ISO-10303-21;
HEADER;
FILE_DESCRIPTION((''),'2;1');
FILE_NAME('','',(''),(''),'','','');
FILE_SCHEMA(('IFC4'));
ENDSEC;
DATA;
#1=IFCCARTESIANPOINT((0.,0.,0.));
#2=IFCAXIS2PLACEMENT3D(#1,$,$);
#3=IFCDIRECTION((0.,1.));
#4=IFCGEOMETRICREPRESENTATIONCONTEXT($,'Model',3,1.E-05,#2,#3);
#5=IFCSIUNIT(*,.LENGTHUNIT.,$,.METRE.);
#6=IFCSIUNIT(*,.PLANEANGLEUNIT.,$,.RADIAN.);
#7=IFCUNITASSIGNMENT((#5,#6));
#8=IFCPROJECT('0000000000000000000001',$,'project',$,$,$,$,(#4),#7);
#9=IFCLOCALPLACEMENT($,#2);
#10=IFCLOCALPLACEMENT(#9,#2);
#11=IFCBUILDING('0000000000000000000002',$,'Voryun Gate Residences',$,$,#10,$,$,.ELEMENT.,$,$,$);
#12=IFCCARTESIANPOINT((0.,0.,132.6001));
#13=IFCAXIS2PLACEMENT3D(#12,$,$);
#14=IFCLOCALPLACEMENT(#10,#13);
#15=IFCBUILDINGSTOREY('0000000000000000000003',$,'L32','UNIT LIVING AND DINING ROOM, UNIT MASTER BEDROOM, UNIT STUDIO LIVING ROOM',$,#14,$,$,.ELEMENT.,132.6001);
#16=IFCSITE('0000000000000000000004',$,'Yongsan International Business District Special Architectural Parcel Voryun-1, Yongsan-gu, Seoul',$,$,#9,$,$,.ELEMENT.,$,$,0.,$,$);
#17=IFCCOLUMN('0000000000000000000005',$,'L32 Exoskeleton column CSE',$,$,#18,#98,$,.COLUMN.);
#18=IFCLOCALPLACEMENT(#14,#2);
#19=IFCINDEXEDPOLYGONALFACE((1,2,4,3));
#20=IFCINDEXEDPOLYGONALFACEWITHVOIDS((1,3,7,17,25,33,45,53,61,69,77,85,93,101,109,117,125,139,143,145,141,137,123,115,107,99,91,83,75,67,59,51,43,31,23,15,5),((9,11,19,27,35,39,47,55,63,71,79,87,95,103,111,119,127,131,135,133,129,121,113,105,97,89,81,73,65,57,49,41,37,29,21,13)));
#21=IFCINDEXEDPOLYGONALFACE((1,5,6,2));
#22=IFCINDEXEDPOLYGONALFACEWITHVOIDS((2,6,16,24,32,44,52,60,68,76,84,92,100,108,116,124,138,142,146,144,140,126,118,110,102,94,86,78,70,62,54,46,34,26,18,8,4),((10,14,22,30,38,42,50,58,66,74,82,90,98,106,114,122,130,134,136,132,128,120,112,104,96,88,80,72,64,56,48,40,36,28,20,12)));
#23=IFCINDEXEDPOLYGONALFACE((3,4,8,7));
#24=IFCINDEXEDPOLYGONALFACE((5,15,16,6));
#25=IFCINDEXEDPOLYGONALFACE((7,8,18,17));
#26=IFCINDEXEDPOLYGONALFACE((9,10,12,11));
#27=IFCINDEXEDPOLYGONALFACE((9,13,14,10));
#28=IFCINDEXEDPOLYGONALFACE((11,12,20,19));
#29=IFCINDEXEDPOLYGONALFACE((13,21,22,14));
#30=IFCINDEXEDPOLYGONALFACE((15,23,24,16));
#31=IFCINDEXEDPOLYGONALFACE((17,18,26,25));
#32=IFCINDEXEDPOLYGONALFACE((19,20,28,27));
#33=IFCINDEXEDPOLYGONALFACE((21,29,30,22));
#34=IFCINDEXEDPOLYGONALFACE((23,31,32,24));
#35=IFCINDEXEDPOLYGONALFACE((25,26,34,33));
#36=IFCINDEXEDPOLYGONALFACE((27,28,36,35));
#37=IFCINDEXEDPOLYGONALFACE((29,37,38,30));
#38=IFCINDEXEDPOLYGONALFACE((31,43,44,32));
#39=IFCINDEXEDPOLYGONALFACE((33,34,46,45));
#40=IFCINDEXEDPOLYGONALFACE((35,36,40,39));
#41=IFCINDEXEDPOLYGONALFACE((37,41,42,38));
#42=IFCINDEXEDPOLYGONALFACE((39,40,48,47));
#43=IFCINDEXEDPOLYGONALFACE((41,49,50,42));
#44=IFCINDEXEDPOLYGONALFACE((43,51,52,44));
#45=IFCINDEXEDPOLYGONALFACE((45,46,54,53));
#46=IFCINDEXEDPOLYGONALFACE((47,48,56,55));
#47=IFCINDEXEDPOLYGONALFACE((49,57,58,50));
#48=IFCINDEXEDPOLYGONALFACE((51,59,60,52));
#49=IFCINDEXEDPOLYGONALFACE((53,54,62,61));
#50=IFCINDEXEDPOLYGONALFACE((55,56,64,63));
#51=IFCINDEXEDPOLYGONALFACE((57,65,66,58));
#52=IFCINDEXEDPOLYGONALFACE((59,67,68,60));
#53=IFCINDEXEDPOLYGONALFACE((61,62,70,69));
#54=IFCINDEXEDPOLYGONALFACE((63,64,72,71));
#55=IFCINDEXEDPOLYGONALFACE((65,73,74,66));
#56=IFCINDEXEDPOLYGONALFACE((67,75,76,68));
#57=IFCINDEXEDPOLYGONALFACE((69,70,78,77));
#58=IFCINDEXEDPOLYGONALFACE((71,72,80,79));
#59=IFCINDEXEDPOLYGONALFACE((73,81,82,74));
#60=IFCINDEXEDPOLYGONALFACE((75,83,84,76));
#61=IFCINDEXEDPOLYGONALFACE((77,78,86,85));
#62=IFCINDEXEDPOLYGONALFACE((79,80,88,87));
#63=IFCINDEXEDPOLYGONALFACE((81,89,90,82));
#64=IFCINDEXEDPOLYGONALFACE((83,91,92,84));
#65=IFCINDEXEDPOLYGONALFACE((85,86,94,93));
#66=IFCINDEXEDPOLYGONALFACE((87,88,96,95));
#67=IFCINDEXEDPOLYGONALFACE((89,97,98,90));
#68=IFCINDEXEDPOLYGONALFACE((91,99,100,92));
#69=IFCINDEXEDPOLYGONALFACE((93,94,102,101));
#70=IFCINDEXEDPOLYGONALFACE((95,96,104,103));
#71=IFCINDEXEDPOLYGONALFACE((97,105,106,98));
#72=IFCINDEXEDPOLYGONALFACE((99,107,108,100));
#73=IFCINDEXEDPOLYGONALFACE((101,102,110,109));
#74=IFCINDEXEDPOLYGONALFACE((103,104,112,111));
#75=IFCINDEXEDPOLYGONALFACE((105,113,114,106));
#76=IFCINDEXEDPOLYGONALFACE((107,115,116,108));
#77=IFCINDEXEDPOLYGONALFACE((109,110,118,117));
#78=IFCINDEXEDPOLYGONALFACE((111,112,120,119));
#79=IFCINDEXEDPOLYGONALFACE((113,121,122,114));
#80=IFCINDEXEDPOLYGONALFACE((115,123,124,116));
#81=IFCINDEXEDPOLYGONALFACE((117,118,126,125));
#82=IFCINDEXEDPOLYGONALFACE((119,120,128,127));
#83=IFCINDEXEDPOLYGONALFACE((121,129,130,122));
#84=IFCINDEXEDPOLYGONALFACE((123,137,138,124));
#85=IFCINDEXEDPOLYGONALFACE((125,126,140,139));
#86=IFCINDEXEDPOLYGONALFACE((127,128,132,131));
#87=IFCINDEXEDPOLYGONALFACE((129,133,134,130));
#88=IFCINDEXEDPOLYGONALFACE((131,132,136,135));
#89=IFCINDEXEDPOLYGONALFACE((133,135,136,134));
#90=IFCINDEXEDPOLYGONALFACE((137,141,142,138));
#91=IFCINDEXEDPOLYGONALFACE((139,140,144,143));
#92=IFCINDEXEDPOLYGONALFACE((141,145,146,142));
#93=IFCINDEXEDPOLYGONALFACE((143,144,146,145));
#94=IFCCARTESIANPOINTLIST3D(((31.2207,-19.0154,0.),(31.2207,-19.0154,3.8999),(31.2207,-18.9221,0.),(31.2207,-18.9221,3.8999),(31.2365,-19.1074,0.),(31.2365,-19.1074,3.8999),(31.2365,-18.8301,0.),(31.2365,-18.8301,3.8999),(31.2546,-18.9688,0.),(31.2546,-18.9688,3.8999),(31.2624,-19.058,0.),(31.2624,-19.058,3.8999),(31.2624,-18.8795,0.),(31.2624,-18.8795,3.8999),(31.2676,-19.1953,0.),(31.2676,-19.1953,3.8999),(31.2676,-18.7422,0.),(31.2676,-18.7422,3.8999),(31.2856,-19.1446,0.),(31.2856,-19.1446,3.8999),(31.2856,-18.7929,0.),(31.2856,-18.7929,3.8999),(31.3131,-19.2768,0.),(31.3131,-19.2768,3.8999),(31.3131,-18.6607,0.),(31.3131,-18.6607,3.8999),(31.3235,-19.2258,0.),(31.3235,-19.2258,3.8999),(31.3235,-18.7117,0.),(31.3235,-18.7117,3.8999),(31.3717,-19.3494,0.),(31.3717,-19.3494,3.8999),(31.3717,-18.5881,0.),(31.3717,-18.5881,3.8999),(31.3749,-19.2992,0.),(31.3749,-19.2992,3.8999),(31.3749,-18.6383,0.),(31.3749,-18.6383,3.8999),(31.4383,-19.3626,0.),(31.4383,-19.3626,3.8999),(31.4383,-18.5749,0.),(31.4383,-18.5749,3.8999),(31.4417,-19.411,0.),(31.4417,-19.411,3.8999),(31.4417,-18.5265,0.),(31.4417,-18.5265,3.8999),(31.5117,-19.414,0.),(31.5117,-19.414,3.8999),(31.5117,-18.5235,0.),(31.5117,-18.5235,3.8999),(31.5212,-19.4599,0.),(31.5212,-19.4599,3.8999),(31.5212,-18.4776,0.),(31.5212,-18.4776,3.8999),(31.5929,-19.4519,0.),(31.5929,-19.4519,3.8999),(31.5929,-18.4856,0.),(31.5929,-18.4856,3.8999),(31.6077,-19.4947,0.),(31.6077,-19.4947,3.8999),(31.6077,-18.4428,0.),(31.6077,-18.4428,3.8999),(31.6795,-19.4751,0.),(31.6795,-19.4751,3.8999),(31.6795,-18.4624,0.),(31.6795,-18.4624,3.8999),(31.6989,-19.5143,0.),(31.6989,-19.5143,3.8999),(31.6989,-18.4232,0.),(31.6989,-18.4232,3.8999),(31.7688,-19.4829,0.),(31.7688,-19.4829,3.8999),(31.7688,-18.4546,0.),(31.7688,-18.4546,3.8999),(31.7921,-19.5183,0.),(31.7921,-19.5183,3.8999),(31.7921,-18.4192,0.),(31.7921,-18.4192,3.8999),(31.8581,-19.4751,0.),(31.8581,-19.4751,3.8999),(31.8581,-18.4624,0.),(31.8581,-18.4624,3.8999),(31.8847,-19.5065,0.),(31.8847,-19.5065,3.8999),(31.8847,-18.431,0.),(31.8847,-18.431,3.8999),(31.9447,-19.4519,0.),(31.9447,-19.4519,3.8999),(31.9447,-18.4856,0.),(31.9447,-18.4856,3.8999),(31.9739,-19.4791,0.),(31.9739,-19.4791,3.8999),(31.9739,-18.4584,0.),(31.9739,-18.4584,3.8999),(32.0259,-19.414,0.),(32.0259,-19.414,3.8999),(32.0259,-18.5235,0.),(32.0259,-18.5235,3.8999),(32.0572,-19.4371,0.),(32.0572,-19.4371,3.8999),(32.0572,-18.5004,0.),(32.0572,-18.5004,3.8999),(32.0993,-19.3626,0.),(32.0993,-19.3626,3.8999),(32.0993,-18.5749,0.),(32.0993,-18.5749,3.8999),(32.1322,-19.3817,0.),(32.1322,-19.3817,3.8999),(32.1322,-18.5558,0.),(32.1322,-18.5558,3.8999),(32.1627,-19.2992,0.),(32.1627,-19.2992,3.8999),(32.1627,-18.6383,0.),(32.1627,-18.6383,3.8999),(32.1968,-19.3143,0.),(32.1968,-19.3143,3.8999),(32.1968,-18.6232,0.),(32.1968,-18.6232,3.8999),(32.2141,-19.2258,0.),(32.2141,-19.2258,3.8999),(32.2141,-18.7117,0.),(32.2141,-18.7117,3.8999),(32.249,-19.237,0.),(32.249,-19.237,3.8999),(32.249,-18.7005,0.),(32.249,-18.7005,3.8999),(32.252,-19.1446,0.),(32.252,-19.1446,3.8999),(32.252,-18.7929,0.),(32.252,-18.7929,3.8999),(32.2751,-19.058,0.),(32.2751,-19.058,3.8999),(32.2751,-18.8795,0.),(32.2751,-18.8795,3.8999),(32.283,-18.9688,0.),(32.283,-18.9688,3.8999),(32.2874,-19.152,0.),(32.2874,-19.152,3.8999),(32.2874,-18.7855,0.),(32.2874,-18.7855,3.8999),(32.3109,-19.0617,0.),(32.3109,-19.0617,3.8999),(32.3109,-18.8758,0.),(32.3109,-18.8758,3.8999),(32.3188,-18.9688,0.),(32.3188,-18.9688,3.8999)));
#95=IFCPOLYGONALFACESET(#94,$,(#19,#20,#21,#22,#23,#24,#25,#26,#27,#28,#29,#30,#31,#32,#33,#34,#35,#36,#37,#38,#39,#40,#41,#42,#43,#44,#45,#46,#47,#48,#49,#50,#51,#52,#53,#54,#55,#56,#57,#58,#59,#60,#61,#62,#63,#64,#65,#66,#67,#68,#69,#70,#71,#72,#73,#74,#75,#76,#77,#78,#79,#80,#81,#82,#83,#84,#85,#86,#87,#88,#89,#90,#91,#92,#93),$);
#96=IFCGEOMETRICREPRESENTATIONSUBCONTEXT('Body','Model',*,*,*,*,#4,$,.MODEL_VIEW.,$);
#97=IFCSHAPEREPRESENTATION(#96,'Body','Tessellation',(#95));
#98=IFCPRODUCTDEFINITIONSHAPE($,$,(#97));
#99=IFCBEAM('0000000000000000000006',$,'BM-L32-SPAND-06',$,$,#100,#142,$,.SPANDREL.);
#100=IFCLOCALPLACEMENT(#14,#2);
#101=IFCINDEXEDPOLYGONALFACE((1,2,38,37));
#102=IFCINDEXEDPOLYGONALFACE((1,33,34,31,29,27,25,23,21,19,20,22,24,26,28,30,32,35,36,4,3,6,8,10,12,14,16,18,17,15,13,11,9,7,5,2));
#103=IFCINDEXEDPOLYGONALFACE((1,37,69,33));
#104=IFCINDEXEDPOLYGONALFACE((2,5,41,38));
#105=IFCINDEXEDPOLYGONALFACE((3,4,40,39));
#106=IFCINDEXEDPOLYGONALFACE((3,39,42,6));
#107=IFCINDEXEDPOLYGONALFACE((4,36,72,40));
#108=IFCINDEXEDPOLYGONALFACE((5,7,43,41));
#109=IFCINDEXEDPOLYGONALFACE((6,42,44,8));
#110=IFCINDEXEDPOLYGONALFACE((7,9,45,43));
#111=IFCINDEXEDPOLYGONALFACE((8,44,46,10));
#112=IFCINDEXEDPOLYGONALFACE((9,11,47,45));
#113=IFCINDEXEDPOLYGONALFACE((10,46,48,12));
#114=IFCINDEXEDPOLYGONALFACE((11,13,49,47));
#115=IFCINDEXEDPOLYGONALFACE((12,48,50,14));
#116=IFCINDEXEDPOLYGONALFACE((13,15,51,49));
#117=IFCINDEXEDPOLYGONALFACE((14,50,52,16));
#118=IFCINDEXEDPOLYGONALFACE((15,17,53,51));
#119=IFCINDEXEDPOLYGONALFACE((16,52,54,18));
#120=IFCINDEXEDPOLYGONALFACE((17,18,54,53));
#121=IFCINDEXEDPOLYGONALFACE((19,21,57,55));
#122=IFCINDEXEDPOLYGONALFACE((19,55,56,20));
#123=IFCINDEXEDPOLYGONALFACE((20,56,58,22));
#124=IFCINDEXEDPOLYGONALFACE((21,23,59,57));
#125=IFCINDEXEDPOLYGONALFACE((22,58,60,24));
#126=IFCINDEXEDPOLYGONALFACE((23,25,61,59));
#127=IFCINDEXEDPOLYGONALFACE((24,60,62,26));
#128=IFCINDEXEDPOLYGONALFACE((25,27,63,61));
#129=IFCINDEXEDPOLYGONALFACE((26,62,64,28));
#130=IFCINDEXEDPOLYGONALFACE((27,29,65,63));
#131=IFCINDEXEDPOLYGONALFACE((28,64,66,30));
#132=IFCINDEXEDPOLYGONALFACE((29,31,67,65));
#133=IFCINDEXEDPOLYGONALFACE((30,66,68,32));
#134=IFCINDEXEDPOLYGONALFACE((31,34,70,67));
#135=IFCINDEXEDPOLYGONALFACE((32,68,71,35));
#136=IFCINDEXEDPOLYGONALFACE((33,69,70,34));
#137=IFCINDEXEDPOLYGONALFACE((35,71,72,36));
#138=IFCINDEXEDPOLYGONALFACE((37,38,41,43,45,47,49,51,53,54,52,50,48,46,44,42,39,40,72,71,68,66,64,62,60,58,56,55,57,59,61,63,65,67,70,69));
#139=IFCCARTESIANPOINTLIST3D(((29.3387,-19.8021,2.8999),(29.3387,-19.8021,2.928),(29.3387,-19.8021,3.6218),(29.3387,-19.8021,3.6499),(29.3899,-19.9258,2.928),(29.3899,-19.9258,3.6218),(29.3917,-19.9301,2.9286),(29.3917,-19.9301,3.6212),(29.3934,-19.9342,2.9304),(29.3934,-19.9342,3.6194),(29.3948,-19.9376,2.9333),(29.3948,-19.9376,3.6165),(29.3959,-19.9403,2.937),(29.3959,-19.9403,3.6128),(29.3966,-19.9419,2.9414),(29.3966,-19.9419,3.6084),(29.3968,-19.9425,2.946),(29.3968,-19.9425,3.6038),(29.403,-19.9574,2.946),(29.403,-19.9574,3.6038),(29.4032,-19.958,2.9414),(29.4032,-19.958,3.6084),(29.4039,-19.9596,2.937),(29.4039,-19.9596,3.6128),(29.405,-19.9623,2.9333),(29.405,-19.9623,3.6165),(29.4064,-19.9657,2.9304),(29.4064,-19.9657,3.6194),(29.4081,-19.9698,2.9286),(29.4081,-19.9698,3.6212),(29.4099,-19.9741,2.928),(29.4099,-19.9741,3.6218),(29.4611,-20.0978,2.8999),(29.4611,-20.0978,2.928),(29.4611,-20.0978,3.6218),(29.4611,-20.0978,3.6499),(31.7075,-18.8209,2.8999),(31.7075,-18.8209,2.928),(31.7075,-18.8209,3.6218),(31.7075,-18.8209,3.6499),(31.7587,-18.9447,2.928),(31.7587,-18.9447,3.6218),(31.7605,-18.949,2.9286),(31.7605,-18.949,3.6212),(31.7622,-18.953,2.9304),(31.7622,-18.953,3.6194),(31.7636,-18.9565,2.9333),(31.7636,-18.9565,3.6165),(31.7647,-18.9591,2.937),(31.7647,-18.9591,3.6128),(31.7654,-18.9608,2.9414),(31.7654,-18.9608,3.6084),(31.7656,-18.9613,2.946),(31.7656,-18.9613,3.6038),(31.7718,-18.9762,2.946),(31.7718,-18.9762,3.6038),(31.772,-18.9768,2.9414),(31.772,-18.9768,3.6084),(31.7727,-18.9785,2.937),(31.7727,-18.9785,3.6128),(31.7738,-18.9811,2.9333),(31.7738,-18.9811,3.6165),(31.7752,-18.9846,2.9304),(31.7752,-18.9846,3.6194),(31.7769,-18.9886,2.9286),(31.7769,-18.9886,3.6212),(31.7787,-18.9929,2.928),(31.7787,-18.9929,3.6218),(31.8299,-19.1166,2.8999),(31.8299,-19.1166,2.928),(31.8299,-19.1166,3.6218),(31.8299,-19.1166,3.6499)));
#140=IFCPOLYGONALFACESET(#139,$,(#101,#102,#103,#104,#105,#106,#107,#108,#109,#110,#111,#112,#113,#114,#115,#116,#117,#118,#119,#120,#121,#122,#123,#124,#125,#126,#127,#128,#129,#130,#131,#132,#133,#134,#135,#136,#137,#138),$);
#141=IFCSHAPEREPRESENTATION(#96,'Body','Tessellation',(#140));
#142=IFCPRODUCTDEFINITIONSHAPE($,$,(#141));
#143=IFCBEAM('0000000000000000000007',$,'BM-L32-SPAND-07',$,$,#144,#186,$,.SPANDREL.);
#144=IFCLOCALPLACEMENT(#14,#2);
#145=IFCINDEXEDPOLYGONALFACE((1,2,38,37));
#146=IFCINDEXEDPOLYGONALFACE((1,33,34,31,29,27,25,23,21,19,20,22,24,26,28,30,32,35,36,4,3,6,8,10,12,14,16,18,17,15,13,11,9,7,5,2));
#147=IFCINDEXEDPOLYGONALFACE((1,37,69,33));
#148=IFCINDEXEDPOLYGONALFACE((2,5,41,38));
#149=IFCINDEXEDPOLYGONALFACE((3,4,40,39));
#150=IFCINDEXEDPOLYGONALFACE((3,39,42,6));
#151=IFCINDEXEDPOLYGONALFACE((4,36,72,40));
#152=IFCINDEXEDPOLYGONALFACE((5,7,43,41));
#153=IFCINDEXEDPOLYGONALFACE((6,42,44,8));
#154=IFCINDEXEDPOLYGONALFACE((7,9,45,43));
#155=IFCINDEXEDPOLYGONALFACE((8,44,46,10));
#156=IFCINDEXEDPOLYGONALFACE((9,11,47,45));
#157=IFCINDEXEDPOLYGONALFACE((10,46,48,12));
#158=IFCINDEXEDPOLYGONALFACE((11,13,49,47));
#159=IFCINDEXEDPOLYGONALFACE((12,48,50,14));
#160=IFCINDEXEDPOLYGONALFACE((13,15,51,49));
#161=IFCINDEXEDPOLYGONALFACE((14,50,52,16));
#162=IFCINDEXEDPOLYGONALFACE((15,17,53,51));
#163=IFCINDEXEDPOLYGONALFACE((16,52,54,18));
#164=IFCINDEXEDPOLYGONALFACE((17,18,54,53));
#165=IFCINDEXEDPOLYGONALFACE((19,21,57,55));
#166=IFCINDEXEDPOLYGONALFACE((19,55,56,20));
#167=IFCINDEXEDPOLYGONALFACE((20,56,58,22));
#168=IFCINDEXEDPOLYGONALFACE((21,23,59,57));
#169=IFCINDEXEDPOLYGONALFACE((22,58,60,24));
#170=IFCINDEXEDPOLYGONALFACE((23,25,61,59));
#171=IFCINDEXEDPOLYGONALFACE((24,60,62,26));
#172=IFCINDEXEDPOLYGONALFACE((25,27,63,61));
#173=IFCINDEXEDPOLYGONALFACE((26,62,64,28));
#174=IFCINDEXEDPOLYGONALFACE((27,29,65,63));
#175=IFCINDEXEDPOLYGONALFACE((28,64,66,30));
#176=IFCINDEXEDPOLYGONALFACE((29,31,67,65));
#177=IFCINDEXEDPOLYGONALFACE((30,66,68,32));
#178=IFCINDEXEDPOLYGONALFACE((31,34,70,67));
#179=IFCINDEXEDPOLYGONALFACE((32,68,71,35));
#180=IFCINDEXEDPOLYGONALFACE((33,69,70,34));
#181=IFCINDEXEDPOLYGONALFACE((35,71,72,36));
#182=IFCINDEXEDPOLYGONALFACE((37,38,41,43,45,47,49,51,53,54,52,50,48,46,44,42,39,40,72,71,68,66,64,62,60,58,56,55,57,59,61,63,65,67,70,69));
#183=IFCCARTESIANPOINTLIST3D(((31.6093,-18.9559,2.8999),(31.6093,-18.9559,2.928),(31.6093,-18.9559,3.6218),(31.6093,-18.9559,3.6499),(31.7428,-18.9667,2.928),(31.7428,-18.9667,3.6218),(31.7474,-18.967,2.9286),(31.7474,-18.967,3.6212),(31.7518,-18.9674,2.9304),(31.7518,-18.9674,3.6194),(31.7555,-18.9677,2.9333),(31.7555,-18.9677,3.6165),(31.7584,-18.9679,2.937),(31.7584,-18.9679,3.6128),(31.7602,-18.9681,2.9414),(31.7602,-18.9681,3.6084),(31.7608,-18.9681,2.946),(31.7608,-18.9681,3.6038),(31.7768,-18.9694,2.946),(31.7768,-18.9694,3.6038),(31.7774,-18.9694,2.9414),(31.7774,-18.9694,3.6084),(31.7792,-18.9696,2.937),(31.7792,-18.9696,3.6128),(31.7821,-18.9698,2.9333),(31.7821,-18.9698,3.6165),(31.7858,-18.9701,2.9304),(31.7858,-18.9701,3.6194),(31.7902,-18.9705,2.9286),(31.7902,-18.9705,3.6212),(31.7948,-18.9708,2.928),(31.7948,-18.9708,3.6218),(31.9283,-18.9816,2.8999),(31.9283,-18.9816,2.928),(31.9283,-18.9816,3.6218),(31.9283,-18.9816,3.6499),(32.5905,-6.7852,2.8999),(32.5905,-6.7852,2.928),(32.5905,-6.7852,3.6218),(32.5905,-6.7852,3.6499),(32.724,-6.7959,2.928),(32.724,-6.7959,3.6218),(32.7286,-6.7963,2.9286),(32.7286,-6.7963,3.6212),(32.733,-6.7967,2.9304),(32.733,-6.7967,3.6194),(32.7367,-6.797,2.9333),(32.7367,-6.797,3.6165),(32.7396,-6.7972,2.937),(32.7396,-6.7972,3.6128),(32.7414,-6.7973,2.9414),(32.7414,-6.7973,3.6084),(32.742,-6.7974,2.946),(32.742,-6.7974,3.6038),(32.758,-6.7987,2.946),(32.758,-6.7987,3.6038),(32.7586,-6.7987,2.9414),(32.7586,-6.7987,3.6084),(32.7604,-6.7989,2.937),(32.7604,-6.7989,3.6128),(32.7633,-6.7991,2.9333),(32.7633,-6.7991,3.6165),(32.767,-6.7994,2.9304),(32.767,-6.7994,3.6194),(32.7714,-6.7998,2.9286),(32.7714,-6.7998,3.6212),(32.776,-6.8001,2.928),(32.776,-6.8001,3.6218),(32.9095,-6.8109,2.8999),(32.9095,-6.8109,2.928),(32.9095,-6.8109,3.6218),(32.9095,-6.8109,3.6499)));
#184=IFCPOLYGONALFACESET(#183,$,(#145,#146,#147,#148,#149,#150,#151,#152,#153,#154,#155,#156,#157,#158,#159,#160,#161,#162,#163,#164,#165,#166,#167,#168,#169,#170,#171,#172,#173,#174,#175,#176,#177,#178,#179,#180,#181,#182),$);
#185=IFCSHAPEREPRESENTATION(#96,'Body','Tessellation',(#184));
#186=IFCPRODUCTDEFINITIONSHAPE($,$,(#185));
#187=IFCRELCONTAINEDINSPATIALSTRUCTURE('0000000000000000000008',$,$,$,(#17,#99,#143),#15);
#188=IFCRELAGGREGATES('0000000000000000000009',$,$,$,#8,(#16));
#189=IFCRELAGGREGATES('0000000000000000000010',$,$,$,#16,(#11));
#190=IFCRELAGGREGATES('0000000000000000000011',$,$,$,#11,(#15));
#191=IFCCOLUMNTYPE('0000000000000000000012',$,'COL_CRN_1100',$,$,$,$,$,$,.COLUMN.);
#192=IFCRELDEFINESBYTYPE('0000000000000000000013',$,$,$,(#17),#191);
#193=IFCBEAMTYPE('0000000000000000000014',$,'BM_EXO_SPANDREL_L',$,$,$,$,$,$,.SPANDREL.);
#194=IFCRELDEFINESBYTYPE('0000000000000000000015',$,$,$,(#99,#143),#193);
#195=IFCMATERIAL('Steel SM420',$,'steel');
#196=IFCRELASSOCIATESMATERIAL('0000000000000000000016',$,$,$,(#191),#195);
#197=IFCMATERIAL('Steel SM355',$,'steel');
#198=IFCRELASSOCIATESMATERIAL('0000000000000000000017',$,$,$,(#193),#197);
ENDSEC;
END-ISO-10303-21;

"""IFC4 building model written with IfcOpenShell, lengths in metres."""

from ifc_helpers import new_model, si_unit, direction, frame, origin, origin_2d, place, context, subcontext, project, spatial, hollow_circle, i_section, extrude, material, material_profile, profile_set, type_object, element, save


model = new_model("IFC4")

# Units and contexts
model_context = context("Model", 3, precision=1e-05, world=origin(), true_north=direction((0.0, 1.0)))
body_context = subcontext(model_context, "Body", "Model", "MODEL_VIEW")
ifc_project = project(units=[si_unit("LENGTHUNIT", "METRE"), si_unit("PLANEANGLEUNIT", "RADIAN")], contexts=[model_context])

# Site, building, storey
site_placement = place(None, origin())
site = spatial("IfcSite", under=ifc_project, at=site_placement, Name="Yongsan International Business District Special Architectural Parcel Voryun-1, Yongsan-gu, Seoul", CompositionType="ELEMENT", RefElevation=0.0)
building_placement = place(site_placement, origin())
building = spatial("IfcBuilding", under=site, at=building_placement, Name="Voryun Gate Residences", CompositionType="ELEMENT")
storey_placement = place(building_placement, frame((0.0, 0.0, 132.6001)))
storey = spatial("IfcBuildingStorey", under=building, at=storey_placement, Name="L32", Description="UNIT LIVING AND DINING ROOM, UNIT MASTER BEDROOM, UNIT STUDIO LIVING ROOM", CompositionType="ELEMENT", Elevation=132.6001)

# Column
ifc_material_1 = material(Name="Steel SM420", Category="steel")
ifc_material_profile_1 = material_profile(ifc_material_1, hollow_circle(Radius=0.55, WallThickness=0.0359, at=origin_2d()), Name="CHS-1100x36")
ifc_profile_set_1 = profile_set([ifc_material_profile_1], Name="Steel SM420")
column_type = type_object("IfcColumnType", Name="COL_CRN_1100", PredefinedType="COLUMN", material=ifc_profile_set_1)
column_placement = place(storey_placement, frame((31.7688, -18.9688, 0.0), z_axis=(0.0, 0.0, 1.0), x_axis=(1.0, 0.0, 0.0)))
element("IfcColumn", 1, at=column_placement, inside=storey, type_object=column_type, Name="L32 Exoskeleton column CSE", PredefinedType="COLUMN", context=body_context, shape_type="SweptSolid", body=[
    extrude(hollow_circle(Radius=0.55, WallThickness=0.0359, at=origin_2d()), origin(), (0.0, 0.0, 1.0), 3.8999),
])

# Beams
ifc_material_2 = material(Name="Steel SM355", Category="steel")
ifc_material_profile_2 = material_profile(ifc_material_2, i_section(OverallWidth=0.3201, OverallDepth=0.75, WebThickness=0.0161, FlangeThickness=0.0281, FilletRadius=0.0181, at=origin_2d()), Name="H-750x320x16x28")
ifc_profile_set_2 = profile_set([ifc_material_profile_2], Name="Steel SM355")
beam_type = type_object("IfcBeamType", Name="BM_EXO_SPANDREL_L", PredefinedType="SPANDREL", material=ifc_profile_set_2)
beam_1_placement = place(storey_placement, frame((29.3999, -19.95, 3.2749), z_axis=(0.923883, 0.382674, 0.0), x_axis=(-0.382674, 0.923883, 0.0)))
element("IfcBeam", 2, at=beam_1_placement, inside=storey, type_object=beam_type, Name="BM-L32-SPAND-06", PredefinedType="SPANDREL", context=body_context, shape_type="SweptSolid", body=[
    extrude(i_section(OverallWidth=0.3201, OverallDepth=0.75, WebThickness=0.0161, FlangeThickness=0.0281, FilletRadius=0.0181, at=origin_2d()), origin(), (0.0, 0.0, 1.0), 2.564),
])
beam_2_placement = place(storey_placement, frame((31.7688, -18.9688, 3.2749), z_axis=(0.08036, 0.996766, 0.0), x_axis=(-0.996766, 0.08036, 0.0)))
element("IfcBeam", 3, at=beam_2_placement, inside=storey, type_object=beam_type, Name="BM-L32-SPAND-07", PredefinedType="SPANDREL", context=body_context, shape_type="SweptSolid", body=[
    extrude(i_section(OverallWidth=0.3201, OverallDepth=0.75, WebThickness=0.0161, FlangeThickness=0.0281, FilletRadius=0.0181, at=origin_2d()), origin(), (0.0, 0.0, 1.0), 12.2102),
])

save(model, "model.ifc")
